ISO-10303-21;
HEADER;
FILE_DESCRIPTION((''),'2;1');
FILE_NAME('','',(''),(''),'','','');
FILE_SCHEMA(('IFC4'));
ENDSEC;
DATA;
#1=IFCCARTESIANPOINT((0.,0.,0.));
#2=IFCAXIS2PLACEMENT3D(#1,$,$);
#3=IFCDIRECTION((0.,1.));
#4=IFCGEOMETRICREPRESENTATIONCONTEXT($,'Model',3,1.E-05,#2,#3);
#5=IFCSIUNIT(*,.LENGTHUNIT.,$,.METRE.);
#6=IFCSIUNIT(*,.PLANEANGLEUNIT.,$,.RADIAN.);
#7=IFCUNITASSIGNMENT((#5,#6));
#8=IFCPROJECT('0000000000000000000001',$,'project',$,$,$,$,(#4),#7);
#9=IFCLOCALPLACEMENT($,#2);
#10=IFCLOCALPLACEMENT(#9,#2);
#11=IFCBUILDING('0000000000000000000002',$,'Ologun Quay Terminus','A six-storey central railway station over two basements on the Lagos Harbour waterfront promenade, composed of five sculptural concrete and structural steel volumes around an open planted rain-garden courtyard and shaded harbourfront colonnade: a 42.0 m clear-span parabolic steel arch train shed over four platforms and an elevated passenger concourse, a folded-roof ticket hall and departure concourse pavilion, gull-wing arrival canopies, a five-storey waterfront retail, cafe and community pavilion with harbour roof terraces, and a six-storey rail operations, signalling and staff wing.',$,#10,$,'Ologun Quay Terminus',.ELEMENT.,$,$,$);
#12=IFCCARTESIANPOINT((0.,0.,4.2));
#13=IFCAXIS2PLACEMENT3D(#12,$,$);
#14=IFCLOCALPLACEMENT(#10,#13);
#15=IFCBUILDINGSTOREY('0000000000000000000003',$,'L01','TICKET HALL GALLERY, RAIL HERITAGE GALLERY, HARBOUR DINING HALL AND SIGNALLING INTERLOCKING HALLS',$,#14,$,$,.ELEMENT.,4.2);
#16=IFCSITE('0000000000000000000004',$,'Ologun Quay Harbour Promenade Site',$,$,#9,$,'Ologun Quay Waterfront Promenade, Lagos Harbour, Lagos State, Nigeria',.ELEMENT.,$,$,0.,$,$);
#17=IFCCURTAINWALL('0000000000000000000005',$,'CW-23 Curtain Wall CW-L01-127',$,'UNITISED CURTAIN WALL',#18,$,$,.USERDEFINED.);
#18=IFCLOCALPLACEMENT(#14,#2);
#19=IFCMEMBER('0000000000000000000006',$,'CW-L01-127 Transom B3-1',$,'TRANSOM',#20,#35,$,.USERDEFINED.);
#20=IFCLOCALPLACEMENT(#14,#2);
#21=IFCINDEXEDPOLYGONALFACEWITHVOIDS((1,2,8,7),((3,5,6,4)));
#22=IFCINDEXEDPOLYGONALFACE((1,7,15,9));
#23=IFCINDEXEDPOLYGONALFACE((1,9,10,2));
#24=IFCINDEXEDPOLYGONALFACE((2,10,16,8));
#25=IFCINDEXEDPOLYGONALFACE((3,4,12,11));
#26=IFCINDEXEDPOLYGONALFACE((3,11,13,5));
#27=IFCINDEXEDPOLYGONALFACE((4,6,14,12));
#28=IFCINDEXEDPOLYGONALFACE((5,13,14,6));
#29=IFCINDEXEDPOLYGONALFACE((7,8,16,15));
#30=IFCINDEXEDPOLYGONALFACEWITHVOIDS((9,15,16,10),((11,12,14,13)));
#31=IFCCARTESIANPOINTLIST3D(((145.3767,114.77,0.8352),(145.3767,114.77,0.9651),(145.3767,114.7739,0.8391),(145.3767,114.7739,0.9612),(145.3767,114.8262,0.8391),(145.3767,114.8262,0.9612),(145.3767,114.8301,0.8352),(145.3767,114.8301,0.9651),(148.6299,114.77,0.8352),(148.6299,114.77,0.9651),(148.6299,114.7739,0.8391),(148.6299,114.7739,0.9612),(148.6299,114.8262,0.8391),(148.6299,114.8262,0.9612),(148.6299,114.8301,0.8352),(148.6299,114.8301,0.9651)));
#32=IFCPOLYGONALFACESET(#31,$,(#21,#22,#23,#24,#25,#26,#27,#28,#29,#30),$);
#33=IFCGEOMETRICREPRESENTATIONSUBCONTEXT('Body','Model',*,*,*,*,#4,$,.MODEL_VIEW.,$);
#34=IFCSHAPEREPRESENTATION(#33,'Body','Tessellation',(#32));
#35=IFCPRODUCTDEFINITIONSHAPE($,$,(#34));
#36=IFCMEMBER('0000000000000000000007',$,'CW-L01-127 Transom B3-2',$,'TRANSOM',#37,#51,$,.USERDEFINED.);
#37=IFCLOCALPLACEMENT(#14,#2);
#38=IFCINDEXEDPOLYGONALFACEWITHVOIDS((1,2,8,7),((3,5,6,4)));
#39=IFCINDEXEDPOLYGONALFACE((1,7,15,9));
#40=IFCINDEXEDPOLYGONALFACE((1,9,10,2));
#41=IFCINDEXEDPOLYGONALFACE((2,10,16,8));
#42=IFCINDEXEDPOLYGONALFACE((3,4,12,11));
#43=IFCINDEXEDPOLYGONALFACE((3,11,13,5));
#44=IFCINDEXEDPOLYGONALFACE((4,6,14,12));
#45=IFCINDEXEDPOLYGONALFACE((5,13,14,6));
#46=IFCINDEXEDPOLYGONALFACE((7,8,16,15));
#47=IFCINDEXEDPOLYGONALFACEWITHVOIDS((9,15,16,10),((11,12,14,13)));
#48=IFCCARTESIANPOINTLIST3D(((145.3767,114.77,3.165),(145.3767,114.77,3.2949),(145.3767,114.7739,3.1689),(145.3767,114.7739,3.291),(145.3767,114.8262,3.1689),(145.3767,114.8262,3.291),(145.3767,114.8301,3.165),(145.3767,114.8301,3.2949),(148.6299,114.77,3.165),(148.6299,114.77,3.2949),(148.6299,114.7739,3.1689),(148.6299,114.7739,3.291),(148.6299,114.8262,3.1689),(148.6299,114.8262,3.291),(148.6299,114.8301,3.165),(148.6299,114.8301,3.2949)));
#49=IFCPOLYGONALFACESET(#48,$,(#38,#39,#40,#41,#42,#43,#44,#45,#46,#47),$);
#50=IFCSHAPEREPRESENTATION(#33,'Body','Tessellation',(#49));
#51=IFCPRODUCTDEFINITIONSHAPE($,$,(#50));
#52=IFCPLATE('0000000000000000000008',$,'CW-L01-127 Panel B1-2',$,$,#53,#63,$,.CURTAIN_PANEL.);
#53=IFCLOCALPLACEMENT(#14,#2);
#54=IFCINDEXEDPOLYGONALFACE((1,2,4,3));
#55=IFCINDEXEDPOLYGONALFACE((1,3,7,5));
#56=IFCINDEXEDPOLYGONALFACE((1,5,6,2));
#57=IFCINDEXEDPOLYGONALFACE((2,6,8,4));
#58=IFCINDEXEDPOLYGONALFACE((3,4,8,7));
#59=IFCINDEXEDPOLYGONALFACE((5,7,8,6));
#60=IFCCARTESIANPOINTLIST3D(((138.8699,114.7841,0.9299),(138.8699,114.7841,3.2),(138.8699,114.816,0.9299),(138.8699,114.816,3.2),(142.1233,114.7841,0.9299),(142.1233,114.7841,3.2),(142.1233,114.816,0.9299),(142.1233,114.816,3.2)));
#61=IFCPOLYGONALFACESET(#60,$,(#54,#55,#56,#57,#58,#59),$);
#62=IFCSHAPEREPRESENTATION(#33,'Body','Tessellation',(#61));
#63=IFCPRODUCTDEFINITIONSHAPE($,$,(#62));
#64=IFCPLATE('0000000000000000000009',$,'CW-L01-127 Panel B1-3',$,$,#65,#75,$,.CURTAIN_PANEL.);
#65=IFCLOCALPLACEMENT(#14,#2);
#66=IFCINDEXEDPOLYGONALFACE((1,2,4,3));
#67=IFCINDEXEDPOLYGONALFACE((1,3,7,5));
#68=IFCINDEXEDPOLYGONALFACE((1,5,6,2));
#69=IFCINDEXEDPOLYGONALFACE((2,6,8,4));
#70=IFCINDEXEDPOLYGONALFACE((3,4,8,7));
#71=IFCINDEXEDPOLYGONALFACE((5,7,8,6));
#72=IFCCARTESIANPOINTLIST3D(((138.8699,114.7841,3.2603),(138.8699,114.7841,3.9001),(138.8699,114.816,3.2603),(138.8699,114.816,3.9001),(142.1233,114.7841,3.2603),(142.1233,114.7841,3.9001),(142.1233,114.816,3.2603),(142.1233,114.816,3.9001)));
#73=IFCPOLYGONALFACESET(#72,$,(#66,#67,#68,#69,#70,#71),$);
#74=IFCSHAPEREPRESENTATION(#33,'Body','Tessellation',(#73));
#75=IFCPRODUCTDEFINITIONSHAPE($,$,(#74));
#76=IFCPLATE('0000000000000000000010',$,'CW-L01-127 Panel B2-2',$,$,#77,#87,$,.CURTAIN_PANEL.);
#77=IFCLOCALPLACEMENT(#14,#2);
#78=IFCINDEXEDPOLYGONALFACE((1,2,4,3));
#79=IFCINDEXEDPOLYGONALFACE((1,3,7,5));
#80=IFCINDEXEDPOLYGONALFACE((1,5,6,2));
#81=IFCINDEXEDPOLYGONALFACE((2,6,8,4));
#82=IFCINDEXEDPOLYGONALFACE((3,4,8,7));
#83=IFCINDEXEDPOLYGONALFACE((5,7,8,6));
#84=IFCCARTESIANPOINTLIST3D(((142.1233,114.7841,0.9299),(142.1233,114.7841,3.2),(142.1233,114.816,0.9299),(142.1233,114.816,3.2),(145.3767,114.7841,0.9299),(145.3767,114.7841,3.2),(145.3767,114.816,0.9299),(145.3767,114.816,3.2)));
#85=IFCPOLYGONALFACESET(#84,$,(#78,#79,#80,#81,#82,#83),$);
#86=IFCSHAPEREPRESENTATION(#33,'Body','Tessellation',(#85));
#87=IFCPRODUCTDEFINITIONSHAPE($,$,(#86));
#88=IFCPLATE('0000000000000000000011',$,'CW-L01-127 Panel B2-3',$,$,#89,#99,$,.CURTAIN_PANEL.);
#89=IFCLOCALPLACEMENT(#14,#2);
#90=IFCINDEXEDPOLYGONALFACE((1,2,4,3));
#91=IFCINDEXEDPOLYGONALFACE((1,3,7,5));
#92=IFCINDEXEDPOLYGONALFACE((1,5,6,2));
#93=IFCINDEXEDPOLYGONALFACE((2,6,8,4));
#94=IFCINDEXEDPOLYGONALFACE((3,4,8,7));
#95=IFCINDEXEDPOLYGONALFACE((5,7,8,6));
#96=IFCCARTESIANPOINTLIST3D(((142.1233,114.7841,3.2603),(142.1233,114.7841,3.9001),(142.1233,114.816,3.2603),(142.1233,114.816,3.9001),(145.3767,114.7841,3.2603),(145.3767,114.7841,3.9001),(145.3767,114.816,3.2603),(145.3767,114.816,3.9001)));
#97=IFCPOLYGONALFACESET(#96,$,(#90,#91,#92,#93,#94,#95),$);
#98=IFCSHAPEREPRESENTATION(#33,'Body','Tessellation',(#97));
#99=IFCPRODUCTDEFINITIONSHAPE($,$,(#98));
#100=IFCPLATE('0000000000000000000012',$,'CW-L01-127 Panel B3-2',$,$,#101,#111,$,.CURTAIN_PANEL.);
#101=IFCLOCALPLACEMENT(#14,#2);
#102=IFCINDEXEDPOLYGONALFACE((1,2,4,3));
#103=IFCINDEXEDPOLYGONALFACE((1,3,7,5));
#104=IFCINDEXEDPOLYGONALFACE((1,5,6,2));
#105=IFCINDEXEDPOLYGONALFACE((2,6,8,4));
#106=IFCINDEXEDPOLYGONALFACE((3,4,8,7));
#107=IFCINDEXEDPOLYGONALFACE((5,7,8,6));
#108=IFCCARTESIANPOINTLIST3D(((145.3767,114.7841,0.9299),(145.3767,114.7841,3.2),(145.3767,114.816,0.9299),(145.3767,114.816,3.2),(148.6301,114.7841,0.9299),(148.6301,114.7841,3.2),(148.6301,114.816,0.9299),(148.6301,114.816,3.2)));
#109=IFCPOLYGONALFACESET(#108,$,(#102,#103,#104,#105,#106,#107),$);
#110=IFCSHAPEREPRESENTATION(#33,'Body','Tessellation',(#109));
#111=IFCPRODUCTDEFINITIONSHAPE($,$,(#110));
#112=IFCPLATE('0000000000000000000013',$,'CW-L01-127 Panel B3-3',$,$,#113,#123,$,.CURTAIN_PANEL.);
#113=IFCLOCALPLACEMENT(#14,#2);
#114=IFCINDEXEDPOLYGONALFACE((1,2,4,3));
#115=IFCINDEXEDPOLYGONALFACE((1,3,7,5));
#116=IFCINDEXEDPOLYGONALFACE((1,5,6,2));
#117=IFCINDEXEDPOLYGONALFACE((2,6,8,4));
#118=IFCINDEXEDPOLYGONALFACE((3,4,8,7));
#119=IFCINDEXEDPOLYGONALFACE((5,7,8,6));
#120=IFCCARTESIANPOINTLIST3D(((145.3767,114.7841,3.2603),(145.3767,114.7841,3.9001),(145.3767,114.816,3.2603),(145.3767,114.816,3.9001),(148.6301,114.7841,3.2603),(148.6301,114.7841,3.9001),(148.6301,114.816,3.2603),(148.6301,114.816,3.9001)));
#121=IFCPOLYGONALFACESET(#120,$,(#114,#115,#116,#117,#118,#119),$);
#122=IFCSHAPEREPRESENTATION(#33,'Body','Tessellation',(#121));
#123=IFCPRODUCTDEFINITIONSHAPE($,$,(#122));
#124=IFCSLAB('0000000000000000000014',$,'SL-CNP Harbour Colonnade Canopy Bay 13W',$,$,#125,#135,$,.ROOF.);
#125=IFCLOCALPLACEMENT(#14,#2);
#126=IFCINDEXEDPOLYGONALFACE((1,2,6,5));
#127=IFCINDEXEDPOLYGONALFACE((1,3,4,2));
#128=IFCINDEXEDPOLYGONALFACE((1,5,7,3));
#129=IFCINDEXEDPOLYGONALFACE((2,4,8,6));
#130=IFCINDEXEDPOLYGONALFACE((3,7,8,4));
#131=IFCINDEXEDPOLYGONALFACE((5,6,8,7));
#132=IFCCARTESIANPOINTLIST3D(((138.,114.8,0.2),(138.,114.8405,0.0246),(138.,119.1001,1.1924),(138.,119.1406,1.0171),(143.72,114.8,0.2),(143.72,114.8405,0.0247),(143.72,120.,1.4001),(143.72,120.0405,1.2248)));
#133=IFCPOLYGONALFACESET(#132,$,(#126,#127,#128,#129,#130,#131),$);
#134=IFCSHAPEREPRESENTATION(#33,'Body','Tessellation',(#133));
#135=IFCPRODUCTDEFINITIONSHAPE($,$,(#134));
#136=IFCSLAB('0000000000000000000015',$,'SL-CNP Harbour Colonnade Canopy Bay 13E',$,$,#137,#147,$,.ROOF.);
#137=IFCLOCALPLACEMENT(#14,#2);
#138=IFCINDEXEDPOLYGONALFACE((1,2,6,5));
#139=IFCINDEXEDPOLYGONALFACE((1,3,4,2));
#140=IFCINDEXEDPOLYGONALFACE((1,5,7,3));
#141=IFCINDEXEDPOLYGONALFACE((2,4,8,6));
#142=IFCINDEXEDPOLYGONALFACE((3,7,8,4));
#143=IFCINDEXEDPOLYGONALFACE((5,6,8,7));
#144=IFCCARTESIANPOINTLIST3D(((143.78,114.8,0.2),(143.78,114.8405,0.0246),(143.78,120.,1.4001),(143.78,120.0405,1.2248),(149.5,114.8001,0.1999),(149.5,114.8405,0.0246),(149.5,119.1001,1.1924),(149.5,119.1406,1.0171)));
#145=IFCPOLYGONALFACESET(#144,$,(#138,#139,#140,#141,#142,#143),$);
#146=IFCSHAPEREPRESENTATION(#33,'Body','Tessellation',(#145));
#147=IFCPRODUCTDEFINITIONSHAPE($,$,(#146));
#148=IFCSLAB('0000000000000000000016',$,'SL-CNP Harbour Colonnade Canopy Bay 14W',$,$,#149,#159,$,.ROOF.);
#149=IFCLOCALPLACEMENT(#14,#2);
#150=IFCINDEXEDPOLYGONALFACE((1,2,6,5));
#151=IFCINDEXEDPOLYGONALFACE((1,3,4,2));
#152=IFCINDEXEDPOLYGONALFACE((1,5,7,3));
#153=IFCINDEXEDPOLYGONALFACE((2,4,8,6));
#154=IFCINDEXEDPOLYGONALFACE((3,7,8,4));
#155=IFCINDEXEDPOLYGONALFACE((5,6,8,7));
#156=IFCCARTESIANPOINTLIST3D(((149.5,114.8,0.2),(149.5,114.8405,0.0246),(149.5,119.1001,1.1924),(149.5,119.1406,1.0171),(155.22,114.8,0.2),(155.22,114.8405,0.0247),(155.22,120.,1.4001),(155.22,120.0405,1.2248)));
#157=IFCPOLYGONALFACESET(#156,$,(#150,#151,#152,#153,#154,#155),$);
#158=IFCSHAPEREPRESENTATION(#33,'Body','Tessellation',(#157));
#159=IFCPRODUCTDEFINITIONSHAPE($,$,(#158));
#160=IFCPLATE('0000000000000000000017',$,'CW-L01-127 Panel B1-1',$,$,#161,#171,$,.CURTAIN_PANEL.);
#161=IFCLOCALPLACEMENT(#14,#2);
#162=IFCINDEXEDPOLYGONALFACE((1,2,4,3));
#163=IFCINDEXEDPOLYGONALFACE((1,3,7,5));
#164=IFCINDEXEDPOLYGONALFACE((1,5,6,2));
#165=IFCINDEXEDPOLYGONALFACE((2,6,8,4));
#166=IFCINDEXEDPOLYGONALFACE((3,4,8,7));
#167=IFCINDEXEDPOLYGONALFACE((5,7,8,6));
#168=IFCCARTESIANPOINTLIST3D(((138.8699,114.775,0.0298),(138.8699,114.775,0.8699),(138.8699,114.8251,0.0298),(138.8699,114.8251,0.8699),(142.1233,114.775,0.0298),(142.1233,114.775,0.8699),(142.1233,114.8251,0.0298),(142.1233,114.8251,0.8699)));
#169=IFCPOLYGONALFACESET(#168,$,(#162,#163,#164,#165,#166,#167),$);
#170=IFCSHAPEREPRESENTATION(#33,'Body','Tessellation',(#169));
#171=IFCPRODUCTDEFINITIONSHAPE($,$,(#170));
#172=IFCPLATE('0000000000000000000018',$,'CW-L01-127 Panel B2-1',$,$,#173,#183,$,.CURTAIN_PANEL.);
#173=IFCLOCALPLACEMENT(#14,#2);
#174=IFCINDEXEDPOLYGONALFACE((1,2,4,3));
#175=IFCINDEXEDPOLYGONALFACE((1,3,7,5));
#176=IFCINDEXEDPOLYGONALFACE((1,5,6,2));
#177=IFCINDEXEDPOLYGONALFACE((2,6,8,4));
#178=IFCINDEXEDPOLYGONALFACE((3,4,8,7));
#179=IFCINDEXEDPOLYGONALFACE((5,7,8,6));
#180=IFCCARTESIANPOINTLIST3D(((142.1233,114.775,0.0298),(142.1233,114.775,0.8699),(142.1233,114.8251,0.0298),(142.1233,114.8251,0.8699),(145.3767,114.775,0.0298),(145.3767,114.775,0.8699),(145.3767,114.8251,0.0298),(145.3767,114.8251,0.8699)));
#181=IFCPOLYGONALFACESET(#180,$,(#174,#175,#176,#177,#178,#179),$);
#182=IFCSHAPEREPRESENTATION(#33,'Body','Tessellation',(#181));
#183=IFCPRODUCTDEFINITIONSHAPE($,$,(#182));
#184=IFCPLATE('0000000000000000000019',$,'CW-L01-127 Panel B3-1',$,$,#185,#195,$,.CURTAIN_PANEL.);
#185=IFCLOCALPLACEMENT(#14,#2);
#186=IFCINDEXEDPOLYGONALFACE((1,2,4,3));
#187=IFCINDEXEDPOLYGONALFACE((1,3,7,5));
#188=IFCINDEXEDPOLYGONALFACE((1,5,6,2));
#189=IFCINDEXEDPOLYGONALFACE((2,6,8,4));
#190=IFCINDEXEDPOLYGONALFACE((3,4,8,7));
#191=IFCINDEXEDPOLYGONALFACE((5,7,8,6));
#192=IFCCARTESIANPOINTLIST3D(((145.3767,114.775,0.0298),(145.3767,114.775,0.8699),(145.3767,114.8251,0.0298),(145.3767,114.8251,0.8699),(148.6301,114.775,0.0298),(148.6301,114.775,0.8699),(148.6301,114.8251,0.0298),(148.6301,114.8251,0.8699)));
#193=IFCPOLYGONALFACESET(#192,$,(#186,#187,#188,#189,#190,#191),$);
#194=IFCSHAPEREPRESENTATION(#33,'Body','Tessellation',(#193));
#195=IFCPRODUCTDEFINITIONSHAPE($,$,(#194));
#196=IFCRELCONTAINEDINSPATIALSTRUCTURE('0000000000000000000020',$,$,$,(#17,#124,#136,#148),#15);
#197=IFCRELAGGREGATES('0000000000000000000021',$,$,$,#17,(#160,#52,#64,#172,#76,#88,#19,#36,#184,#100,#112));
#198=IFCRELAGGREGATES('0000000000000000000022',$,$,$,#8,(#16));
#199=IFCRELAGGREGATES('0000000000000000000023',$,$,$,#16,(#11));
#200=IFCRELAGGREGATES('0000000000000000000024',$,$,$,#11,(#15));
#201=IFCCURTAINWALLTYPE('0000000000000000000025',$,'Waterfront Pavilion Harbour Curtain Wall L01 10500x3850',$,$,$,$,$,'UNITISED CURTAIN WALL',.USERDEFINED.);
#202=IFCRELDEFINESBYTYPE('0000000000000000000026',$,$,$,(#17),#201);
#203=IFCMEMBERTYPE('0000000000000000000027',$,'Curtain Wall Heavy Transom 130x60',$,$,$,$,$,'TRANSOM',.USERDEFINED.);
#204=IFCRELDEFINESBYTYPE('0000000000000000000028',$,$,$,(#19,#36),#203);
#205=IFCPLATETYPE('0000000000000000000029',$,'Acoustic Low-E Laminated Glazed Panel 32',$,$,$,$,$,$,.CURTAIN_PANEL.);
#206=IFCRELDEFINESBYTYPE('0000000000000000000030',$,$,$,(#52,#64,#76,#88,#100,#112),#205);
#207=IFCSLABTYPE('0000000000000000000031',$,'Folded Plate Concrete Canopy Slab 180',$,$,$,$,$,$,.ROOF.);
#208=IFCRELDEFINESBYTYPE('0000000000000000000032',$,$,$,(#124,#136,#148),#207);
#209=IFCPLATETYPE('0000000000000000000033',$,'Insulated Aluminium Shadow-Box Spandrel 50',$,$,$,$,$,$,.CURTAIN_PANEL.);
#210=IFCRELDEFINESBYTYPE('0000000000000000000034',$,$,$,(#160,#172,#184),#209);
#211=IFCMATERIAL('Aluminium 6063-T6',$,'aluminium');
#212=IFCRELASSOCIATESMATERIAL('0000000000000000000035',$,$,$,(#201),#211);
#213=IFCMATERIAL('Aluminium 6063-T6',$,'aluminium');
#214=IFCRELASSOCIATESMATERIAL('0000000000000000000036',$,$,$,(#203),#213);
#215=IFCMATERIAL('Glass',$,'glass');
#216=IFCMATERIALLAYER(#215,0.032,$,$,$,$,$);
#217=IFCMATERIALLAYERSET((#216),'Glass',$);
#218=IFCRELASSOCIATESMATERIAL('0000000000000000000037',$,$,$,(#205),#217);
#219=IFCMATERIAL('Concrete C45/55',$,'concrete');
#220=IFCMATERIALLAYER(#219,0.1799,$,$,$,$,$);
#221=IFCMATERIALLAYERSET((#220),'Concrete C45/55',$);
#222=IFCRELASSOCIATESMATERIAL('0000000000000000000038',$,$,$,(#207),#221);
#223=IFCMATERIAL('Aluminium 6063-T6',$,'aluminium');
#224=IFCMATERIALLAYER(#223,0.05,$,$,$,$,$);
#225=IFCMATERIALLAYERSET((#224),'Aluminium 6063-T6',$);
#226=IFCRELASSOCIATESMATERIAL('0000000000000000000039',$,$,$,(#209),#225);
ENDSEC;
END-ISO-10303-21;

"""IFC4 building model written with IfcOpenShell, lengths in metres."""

from ifc_helpers import new_model, si_unit, direction, frame, origin, origin_2d, place, context, subcontext, project, spatial, polyline, rectangle, hollow_rectangle, outline, extrude, material, layer, layer_set, material_profile, profile_set, type_object, element, aggregate, save


model = new_model("IFC4")

# Units and contexts
model_context = context("Model", 3, precision=1e-05, world=origin(), true_north=direction((0.0, 1.0)))
body_context = subcontext(model_context, "Body", "Model", "MODEL_VIEW")
ifc_project = project(units=[si_unit("LENGTHUNIT", "METRE"), si_unit("PLANEANGLEUNIT", "RADIAN")], contexts=[model_context])

# Site, building, storey
site_placement = place(None, origin())
site = spatial("IfcSite", under=ifc_project, at=site_placement, Name="Ologun Quay Harbour Promenade Site", LongName="Ologun Quay Waterfront Promenade, Lagos Harbour, Lagos State, Nigeria", CompositionType="ELEMENT", RefElevation=0.0)
building_placement = place(site_placement, origin())
building = spatial("IfcBuilding", under=site, at=building_placement, Name="Ologun Quay Terminus", Description="A six-storey central railway station over two basements on the Lagos Harbour waterfront promenade, composed of five sculptural concrete and structural steel volumes around an open planted rain-garden courtyard and shaded harbourfront colonnade: a 42.0 m clear-span parabolic steel arch train shed over four platforms and an elevated passenger concourse, a folded-roof ticket hall and departure concourse pavilion, gull-wing arrival canopies, a five-storey waterfront retail, cafe and community pavilion with harbour roof terraces, and a six-storey rail operations, signalling and staff wing.", LongName="Ologun Quay Terminus", CompositionType="ELEMENT")
storey_placement = place(building_placement, frame((0.0, 0.0, 4.2)))
storey = spatial("IfcBuildingStorey", under=building, at=storey_placement, Name="L01", Description="TICKET HALL GALLERY, RAIL HERITAGE GALLERY, HARBOUR DINING HALL AND SIGNALLING INTERLOCKING HALLS", CompositionType="ELEMENT", Elevation=4.2)

# Curtain wall, members, plates
ifc_material_1 = material(Name="Aluminium 6063-T6", Category="aluminium")
curtain_wall_type = type_object("IfcCurtainWallType", Name="Waterfront Pavilion Harbour Curtain Wall L01 10500x3850", ElementType="UNITISED CURTAIN WALL", PredefinedType="USERDEFINED", material=ifc_material_1)
curtain_wall_placement = place(storey_placement, origin())
curtain_wall = element("IfcCurtainWall", 1, at=curtain_wall_placement, inside=storey, type_object=curtain_wall_type, Name="CW-23 Curtain Wall CW-L01-127", ObjectType="UNITISED CURTAIN WALL", PredefinedType="USERDEFINED")
ifc_material_2 = material(Name="Aluminium 6063-T6", Category="aluminium")
ifc_material_profile_1 = material_profile(ifc_material_2, hollow_rectangle(XDim=0.0601, YDim=0.1299, WallThickness=0.0039, at=origin_2d()), Name="ALU 130x60x4")
ifc_profile_set_1 = profile_set([ifc_material_profile_1], Name="Aluminium 6063-T6")
member_type_1 = type_object("IfcMemberType", Name="Curtain Wall Heavy Transom 130x60", ElementType="TRANSOM", PredefinedType="USERDEFINED", material=ifc_profile_set_1)
member_1_placement = place(storey_placement, frame((145.3767, 114.8, 0.9001), z_axis=(1.0, 0.0, 0.0), x_axis=(0.0, 1.0, 0.0)))
member_1 = element("IfcMember", 2, at=member_1_placement, type_object=member_type_1, Name="CW-L01-127 Transom B3-1", ObjectType="TRANSOM", PredefinedType="USERDEFINED", context=body_context, shape_type="SweptSolid", body=[
    extrude(hollow_rectangle(XDim=0.0601, YDim=0.1299, WallThickness=0.0039, at=origin_2d()), origin(), (0.0, 0.0, 1.0), 3.2532),
])
member_2_placement = place(storey_placement, frame((145.3767, 114.8, 3.23), z_axis=(1.0, 0.0, 0.0), x_axis=(0.0, 1.0, 0.0)))
member_2 = element("IfcMember", 3, at=member_2_placement, type_object=member_type_1, Name="CW-L01-127 Transom B3-2", ObjectType="TRANSOM", PredefinedType="USERDEFINED", context=body_context, shape_type="SweptSolid", body=[
    extrude(hollow_rectangle(XDim=0.0601, YDim=0.1299, WallThickness=0.0039, at=origin_2d()), origin(), (0.0, 0.0, 1.0), 3.2532),
])
ifc_material_3 = material(Name="Glass", Category="glass")
ifc_layer_1 = layer(ifc_material_3, 0.032)
ifc_layer_set_1 = layer_set([ifc_layer_1], Name="Glass")
plate_type_1 = type_object("IfcPlateType", Name="Acoustic Low-E Laminated Glazed Panel 32", PredefinedType="CURTAIN_PANEL", material=ifc_layer_set_1)
plate_1_placement = place(storey_placement, frame((140.4966, 114.8, 0.9299), z_axis=(0.0, 0.0, 1.0), x_axis=(1.0, 0.0, 0.0)))
plate_1 = element("IfcPlate", 4, at=plate_1_placement, type_object=plate_type_1, Name="CW-L01-127 Panel B1-2", PredefinedType="CURTAIN_PANEL", context=body_context, shape_type="SweptSolid", body=[
    extrude(rectangle(XDim=3.2534, YDim=0.032, at=origin_2d()), origin(), (0.0, 0.0, 1.0), 2.27),
])
plate_2_placement = place(storey_placement, frame((140.4966, 114.8, 3.2603), z_axis=(0.0, 0.0, 1.0), x_axis=(1.0, 0.0, 0.0)))
plate_2 = element("IfcPlate", 5, at=plate_2_placement, type_object=plate_type_1, Name="CW-L01-127 Panel B1-3", PredefinedType="CURTAIN_PANEL", context=body_context, shape_type="SweptSolid", body=[
    extrude(rectangle(XDim=3.2534, YDim=0.032, at=origin_2d()), origin(), (0.0, 0.0, 1.0), 0.6399),
])
plate_3_placement = place(storey_placement, frame((143.75, 114.8, 0.9299), z_axis=(0.0, 0.0, 1.0), x_axis=(1.0, 0.0, 0.0)))
plate_3 = element("IfcPlate", 6, at=plate_3_placement, type_object=plate_type_1, Name="CW-L01-127 Panel B2-2", PredefinedType="CURTAIN_PANEL", context=body_context, shape_type="SweptSolid", body=[
    extrude(rectangle(XDim=3.2534, YDim=0.032, at=origin_2d()), origin(), (0.0, 0.0, 1.0), 2.27),
])
plate_4_placement = place(storey_placement, frame((143.75, 114.8, 3.2603), z_axis=(0.0, 0.0, 1.0), x_axis=(1.0, 0.0, 0.0)))
plate_4 = element("IfcPlate", 7, at=plate_4_placement, type_object=plate_type_1, Name="CW-L01-127 Panel B2-3", PredefinedType="CURTAIN_PANEL", context=body_context, shape_type="SweptSolid", body=[
    extrude(rectangle(XDim=3.2534, YDim=0.032, at=origin_2d()), origin(), (0.0, 0.0, 1.0), 0.6399),
])
plate_5_placement = place(storey_placement, frame((147.0034, 114.8, 0.9299), z_axis=(0.0, 0.0, 1.0), x_axis=(1.0, 0.0, 0.0)))
plate_5 = element("IfcPlate", 8, at=plate_5_placement, type_object=plate_type_1, Name="CW-L01-127 Panel B3-2", PredefinedType="CURTAIN_PANEL", context=body_context, shape_type="SweptSolid", body=[
    extrude(rectangle(XDim=3.2534, YDim=0.032, at=origin_2d()), origin(), (0.0, 0.0, 1.0), 2.27),
])
plate_6_placement = place(storey_placement, frame((147.0034, 114.8, 3.2603), z_axis=(0.0, 0.0, 1.0), x_axis=(1.0, 0.0, 0.0)))
plate_6 = element("IfcPlate", 9, at=plate_6_placement, type_object=plate_type_1, Name="CW-L01-127 Panel B3-3", PredefinedType="CURTAIN_PANEL", context=body_context, shape_type="SweptSolid", body=[
    extrude(rectangle(XDim=3.2534, YDim=0.032, at=origin_2d()), origin(), (0.0, 0.0, 1.0), 0.6399),
])

# Slabs
ifc_material_4 = material(Name="Concrete C45/55", Category="concrete")
ifc_layer_2 = layer(ifc_material_4, 0.1799)
ifc_layer_set_2 = layer_set([ifc_layer_2], Name="Concrete C45/55")
slab_type = type_object("IfcSlabType", Name="Folded Plate Concrete Canopy Slab 180", PredefinedType="ROOF", material=ifc_layer_set_2)
slab_1_placement = place(storey_placement, frame((138.0, 114.8, 0.2), z_axis=(-0.000005, -0.224891, 0.974384), x_axis=(1.0, -0.000001, 0.000005)))
element("IfcSlab", 10, at=slab_1_placement, inside=storey, type_object=slab_type, Name="SL-CNP Harbour Colonnade Canopy Bay 13W", PredefinedType="ROOF", context=body_context, shape_type="SweptSolid", body=[
    extrude(outline(polyline([(0.0, 0.0), (5.72, 0.0), (5.72, 5.3367), (0.0, 4.4131), (0.0, 0.0)])), origin(), (0.0, 0.0, -1.0), 0.1799),
])
slab_2_placement = place(storey_placement, frame((143.78, 114.8, 0.2), z_axis=(0.000005, -0.224891, 0.974384), x_axis=(1.0, 0.000001, -0.000005)))
element("IfcSlab", 11, at=slab_2_placement, inside=storey, type_object=slab_type, Name="SL-CNP Harbour Colonnade Canopy Bay 13E", PredefinedType="ROOF", context=body_context, shape_type="SweptSolid", body=[
    extrude(outline(polyline([(0.0, 0.0), (5.72, 0.0), (5.72, 4.4131), (0.0, 5.3367), (0.0, 0.0)])), origin(), (0.0, 0.0, -1.0), 0.1799),
])
slab_3_placement = place(storey_placement, frame((149.5, 114.8, 0.2), z_axis=(-0.000005, -0.224891, 0.974384), x_axis=(1.0, -0.000001, 0.000005)))
element("IfcSlab", 12, at=slab_3_placement, inside=storey, type_object=slab_type, Name="SL-CNP Harbour Colonnade Canopy Bay 14W", PredefinedType="ROOF", context=body_context, shape_type="SweptSolid", body=[
    extrude(outline(polyline([(0.0, 0.0), (5.72, 0.0), (5.72, 5.3367), (0.0, 4.4131), (0.0, 0.0)])), origin(), (0.0, 0.0, -1.0), 0.1799),
])

# Plates
ifc_material_5 = material(Name="Aluminium 6063-T6", Category="aluminium")
ifc_layer_3 = layer(ifc_material_5, 0.05)
ifc_layer_set_3 = layer_set([ifc_layer_3], Name="Aluminium 6063-T6")
plate_type_2 = type_object("IfcPlateType", Name="Insulated Aluminium Shadow-Box Spandrel 50", PredefinedType="CURTAIN_PANEL", material=ifc_layer_set_3)
plate_7_placement = place(storey_placement, frame((140.4966, 114.8, 0.0298), z_axis=(0.0, 0.0, 1.0), x_axis=(1.0, 0.0, 0.0)))
plate_7 = element("IfcPlate", 13, at=plate_7_placement, type_object=plate_type_2, Name="CW-L01-127 Panel B1-1", PredefinedType="CURTAIN_PANEL", context=body_context, shape_type="SweptSolid", body=[
    extrude(rectangle(XDim=3.2534, YDim=0.05, at=origin_2d()), origin(), (0.0, 0.0, 1.0), 0.8401),
])
plate_8_placement = place(storey_placement, frame((143.75, 114.8, 0.0298), z_axis=(0.0, 0.0, 1.0), x_axis=(1.0, 0.0, 0.0)))
plate_8 = element("IfcPlate", 14, at=plate_8_placement, type_object=plate_type_2, Name="CW-L01-127 Panel B2-1", PredefinedType="CURTAIN_PANEL", context=body_context, shape_type="SweptSolid", body=[
    extrude(rectangle(XDim=3.2534, YDim=0.05, at=origin_2d()), origin(), (0.0, 0.0, 1.0), 0.8401),
])
plate_9_placement = place(storey_placement, frame((147.0034, 114.8, 0.0298), z_axis=(0.0, 0.0, 1.0), x_axis=(1.0, 0.0, 0.0)))
plate_9 = element("IfcPlate", 15, at=plate_9_placement, type_object=plate_type_2, Name="CW-L01-127 Panel B3-1", PredefinedType="CURTAIN_PANEL", context=body_context, shape_type="SweptSolid", body=[
    extrude(rectangle(XDim=3.2534, YDim=0.05, at=origin_2d()), origin(), (0.0, 0.0, 1.0), 0.8401),
])
aggregate(curtain_wall, [plate_7, plate_1, plate_2, plate_8, plate_3, plate_4, member_1, member_2, plate_9, plate_5, plate_6])

save(model, "model.ifc")
